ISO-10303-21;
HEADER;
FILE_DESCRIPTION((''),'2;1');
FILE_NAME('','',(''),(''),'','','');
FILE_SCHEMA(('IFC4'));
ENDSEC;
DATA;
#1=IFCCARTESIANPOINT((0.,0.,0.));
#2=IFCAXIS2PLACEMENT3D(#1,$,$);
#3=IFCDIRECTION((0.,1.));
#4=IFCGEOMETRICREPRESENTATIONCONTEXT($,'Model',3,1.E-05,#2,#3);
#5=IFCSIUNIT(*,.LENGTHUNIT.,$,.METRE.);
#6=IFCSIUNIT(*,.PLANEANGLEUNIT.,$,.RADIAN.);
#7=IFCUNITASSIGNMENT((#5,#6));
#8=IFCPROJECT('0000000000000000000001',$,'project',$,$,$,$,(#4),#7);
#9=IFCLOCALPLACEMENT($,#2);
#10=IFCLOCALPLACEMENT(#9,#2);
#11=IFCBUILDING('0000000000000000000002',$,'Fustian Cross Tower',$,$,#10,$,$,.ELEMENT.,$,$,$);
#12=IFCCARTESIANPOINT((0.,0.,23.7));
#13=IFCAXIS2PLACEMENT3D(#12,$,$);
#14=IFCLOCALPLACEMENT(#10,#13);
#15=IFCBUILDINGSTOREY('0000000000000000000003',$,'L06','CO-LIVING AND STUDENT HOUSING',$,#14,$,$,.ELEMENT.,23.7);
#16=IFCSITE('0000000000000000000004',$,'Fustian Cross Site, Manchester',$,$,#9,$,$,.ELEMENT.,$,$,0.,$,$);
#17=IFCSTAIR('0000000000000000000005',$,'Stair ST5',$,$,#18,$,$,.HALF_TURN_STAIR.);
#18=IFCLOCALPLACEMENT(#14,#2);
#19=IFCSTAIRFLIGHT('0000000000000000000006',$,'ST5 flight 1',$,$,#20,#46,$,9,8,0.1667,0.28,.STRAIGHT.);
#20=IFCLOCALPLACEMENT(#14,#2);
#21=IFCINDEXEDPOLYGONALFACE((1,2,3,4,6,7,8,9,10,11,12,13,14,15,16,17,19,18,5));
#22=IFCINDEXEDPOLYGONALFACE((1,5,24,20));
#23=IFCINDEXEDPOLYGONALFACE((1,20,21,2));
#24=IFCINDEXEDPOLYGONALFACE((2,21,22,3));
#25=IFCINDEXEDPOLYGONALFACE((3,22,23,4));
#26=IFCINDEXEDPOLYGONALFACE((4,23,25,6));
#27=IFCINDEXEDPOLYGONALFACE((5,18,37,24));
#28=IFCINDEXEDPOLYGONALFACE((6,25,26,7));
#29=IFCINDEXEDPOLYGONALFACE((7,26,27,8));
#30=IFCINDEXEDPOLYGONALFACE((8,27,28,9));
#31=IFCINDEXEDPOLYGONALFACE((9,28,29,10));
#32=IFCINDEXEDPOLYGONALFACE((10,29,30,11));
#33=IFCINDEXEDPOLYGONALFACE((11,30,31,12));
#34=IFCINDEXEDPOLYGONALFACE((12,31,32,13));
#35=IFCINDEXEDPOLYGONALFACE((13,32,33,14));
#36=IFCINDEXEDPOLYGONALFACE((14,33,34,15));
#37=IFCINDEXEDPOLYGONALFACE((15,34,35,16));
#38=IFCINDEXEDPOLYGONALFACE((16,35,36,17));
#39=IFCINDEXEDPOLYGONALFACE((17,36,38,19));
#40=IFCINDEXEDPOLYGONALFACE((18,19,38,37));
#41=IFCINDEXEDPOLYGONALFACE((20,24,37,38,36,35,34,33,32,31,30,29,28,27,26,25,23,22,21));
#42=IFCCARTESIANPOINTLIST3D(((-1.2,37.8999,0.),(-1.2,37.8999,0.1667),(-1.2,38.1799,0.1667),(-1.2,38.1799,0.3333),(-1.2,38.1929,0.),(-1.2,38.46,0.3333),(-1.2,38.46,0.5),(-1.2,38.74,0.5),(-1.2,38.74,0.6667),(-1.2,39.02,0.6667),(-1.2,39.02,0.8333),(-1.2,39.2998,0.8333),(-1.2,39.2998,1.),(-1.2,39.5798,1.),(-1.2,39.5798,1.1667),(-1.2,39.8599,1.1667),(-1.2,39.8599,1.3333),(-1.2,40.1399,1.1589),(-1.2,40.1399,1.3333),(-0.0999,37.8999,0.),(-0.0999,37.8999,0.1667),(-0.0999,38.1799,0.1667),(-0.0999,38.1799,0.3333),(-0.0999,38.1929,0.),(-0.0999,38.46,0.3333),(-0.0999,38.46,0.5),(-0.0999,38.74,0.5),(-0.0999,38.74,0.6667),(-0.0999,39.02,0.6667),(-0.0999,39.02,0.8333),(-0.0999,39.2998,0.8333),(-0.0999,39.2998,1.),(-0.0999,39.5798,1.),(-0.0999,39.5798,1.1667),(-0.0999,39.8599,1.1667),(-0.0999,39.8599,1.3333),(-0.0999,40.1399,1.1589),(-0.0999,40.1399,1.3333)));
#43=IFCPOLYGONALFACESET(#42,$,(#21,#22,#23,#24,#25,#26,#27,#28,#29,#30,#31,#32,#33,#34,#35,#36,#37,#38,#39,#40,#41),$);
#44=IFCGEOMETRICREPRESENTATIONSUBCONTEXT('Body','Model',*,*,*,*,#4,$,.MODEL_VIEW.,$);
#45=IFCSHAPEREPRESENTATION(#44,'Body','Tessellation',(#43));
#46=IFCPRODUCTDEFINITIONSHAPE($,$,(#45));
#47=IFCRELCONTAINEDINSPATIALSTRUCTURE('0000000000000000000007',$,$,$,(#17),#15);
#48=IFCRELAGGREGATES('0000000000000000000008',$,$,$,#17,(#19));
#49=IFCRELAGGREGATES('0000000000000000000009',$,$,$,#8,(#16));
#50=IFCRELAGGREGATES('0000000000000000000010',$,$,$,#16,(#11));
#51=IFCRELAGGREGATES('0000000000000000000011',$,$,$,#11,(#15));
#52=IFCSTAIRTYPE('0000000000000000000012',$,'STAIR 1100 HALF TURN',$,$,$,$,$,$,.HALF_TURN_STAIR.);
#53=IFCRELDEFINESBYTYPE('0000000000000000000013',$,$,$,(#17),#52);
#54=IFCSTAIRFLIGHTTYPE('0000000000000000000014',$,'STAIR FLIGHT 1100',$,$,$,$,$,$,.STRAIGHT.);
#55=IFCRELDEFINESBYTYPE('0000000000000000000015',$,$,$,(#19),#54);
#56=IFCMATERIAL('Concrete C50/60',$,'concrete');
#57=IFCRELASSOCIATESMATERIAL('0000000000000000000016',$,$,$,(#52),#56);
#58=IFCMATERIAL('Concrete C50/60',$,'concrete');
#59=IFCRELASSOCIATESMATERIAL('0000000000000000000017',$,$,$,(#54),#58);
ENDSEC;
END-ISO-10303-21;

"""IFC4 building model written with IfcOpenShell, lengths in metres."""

from ifc_helpers import new_model, si_unit, direction, frame, origin, place, context, subcontext, project, spatial, polyline, outline, extrude, material, type_object, element, aggregate, save


model = new_model("IFC4")

# Units and contexts
model_context = context("Model", 3, precision=1e-05, world=origin(), true_north=direction((0.0, 1.0)))
body_context = subcontext(model_context, "Body", "Model", "MODEL_VIEW")
ifc_project = project(units=[si_unit("LENGTHUNIT", "METRE"), si_unit("PLANEANGLEUNIT", "RADIAN")], contexts=[model_context])

# Site, building, storey
site_placement = place(None, origin())
site = spatial("IfcSite", under=ifc_project, at=site_placement, Name="Fustian Cross Site, Manchester", CompositionType="ELEMENT", RefElevation=0.0)
building_placement = place(site_placement, origin())
building = spatial("IfcBuilding", under=site, at=building_placement, Name="Fustian Cross Tower", CompositionType="ELEMENT")
storey_placement = place(building_placement, frame((0.0, 0.0, 23.7)))
storey = spatial("IfcBuildingStorey", under=building, at=storey_placement, Name="L06", Description="CO-LIVING AND STUDENT HOUSING", CompositionType="ELEMENT", Elevation=23.7)

# Stair, stair flight
ifc_material_1 = material(Name="Concrete C50/60", Category="concrete")
stair_type = type_object("IfcStairType", Name="STAIR 1100 HALF TURN", PredefinedType="HALF_TURN_STAIR", material=ifc_material_1)
stair_placement = place(storey_placement, origin())
stair = element("IfcStair", 1, at=stair_placement, inside=storey, type_object=stair_type, Name="Stair ST5", PredefinedType="HALF_TURN_STAIR")
ifc_material_2 = material(Name="Concrete C50/60", Category="concrete")
stair_flight_type = type_object("IfcStairFlightType", Name="STAIR FLIGHT 1100", PredefinedType="STRAIGHT", material=ifc_material_2)
stair_flight_placement = place(storey_placement, frame((-0.6499, 37.8999, 0.0), z_axis=(0.0, 0.0, 1.0), x_axis=(0.0, 1.0, 0.0)))
stair_flight = element("IfcStairFlight", 2, at=stair_flight_placement, type_object=stair_flight_type, Name="ST5 flight 1", NumberOfRisers=9, NumberOfTreads=8, PredefinedType="STRAIGHT", RiserHeight=0.1667, TreadLength=0.28, context=body_context, shape_type="SweptSolid", body=[
    extrude(outline(polyline([(0.0, 0.0), (0.0, 0.1667), (0.28, 0.1667), (0.28, 0.3333), (0.5601, 0.3333), (0.5601, 0.5), (0.8401, 0.5), (0.8401, 0.6667), (1.1201, 0.6667), (1.1201, 0.8333), (1.3999, 0.8333), (1.3999, 1.0), (1.6799, 1.0), (1.6799, 1.1667), (1.96, 1.1667), (1.96, 1.3333), (2.24, 1.3333), (2.24, 1.5), (2.24, 1.1589), (0.293, 0.0), (0.0, 0.0)])), frame((0.0, 0.55, 0.0), z_axis=(0.0, -1.0, 0.0), x_axis=(1.0, 0.0, 0.0)), (0.0, 0.0, 1.0), 1.1001),
])
aggregate(stair, [stair_flight])

save(model, "model.ifc")
